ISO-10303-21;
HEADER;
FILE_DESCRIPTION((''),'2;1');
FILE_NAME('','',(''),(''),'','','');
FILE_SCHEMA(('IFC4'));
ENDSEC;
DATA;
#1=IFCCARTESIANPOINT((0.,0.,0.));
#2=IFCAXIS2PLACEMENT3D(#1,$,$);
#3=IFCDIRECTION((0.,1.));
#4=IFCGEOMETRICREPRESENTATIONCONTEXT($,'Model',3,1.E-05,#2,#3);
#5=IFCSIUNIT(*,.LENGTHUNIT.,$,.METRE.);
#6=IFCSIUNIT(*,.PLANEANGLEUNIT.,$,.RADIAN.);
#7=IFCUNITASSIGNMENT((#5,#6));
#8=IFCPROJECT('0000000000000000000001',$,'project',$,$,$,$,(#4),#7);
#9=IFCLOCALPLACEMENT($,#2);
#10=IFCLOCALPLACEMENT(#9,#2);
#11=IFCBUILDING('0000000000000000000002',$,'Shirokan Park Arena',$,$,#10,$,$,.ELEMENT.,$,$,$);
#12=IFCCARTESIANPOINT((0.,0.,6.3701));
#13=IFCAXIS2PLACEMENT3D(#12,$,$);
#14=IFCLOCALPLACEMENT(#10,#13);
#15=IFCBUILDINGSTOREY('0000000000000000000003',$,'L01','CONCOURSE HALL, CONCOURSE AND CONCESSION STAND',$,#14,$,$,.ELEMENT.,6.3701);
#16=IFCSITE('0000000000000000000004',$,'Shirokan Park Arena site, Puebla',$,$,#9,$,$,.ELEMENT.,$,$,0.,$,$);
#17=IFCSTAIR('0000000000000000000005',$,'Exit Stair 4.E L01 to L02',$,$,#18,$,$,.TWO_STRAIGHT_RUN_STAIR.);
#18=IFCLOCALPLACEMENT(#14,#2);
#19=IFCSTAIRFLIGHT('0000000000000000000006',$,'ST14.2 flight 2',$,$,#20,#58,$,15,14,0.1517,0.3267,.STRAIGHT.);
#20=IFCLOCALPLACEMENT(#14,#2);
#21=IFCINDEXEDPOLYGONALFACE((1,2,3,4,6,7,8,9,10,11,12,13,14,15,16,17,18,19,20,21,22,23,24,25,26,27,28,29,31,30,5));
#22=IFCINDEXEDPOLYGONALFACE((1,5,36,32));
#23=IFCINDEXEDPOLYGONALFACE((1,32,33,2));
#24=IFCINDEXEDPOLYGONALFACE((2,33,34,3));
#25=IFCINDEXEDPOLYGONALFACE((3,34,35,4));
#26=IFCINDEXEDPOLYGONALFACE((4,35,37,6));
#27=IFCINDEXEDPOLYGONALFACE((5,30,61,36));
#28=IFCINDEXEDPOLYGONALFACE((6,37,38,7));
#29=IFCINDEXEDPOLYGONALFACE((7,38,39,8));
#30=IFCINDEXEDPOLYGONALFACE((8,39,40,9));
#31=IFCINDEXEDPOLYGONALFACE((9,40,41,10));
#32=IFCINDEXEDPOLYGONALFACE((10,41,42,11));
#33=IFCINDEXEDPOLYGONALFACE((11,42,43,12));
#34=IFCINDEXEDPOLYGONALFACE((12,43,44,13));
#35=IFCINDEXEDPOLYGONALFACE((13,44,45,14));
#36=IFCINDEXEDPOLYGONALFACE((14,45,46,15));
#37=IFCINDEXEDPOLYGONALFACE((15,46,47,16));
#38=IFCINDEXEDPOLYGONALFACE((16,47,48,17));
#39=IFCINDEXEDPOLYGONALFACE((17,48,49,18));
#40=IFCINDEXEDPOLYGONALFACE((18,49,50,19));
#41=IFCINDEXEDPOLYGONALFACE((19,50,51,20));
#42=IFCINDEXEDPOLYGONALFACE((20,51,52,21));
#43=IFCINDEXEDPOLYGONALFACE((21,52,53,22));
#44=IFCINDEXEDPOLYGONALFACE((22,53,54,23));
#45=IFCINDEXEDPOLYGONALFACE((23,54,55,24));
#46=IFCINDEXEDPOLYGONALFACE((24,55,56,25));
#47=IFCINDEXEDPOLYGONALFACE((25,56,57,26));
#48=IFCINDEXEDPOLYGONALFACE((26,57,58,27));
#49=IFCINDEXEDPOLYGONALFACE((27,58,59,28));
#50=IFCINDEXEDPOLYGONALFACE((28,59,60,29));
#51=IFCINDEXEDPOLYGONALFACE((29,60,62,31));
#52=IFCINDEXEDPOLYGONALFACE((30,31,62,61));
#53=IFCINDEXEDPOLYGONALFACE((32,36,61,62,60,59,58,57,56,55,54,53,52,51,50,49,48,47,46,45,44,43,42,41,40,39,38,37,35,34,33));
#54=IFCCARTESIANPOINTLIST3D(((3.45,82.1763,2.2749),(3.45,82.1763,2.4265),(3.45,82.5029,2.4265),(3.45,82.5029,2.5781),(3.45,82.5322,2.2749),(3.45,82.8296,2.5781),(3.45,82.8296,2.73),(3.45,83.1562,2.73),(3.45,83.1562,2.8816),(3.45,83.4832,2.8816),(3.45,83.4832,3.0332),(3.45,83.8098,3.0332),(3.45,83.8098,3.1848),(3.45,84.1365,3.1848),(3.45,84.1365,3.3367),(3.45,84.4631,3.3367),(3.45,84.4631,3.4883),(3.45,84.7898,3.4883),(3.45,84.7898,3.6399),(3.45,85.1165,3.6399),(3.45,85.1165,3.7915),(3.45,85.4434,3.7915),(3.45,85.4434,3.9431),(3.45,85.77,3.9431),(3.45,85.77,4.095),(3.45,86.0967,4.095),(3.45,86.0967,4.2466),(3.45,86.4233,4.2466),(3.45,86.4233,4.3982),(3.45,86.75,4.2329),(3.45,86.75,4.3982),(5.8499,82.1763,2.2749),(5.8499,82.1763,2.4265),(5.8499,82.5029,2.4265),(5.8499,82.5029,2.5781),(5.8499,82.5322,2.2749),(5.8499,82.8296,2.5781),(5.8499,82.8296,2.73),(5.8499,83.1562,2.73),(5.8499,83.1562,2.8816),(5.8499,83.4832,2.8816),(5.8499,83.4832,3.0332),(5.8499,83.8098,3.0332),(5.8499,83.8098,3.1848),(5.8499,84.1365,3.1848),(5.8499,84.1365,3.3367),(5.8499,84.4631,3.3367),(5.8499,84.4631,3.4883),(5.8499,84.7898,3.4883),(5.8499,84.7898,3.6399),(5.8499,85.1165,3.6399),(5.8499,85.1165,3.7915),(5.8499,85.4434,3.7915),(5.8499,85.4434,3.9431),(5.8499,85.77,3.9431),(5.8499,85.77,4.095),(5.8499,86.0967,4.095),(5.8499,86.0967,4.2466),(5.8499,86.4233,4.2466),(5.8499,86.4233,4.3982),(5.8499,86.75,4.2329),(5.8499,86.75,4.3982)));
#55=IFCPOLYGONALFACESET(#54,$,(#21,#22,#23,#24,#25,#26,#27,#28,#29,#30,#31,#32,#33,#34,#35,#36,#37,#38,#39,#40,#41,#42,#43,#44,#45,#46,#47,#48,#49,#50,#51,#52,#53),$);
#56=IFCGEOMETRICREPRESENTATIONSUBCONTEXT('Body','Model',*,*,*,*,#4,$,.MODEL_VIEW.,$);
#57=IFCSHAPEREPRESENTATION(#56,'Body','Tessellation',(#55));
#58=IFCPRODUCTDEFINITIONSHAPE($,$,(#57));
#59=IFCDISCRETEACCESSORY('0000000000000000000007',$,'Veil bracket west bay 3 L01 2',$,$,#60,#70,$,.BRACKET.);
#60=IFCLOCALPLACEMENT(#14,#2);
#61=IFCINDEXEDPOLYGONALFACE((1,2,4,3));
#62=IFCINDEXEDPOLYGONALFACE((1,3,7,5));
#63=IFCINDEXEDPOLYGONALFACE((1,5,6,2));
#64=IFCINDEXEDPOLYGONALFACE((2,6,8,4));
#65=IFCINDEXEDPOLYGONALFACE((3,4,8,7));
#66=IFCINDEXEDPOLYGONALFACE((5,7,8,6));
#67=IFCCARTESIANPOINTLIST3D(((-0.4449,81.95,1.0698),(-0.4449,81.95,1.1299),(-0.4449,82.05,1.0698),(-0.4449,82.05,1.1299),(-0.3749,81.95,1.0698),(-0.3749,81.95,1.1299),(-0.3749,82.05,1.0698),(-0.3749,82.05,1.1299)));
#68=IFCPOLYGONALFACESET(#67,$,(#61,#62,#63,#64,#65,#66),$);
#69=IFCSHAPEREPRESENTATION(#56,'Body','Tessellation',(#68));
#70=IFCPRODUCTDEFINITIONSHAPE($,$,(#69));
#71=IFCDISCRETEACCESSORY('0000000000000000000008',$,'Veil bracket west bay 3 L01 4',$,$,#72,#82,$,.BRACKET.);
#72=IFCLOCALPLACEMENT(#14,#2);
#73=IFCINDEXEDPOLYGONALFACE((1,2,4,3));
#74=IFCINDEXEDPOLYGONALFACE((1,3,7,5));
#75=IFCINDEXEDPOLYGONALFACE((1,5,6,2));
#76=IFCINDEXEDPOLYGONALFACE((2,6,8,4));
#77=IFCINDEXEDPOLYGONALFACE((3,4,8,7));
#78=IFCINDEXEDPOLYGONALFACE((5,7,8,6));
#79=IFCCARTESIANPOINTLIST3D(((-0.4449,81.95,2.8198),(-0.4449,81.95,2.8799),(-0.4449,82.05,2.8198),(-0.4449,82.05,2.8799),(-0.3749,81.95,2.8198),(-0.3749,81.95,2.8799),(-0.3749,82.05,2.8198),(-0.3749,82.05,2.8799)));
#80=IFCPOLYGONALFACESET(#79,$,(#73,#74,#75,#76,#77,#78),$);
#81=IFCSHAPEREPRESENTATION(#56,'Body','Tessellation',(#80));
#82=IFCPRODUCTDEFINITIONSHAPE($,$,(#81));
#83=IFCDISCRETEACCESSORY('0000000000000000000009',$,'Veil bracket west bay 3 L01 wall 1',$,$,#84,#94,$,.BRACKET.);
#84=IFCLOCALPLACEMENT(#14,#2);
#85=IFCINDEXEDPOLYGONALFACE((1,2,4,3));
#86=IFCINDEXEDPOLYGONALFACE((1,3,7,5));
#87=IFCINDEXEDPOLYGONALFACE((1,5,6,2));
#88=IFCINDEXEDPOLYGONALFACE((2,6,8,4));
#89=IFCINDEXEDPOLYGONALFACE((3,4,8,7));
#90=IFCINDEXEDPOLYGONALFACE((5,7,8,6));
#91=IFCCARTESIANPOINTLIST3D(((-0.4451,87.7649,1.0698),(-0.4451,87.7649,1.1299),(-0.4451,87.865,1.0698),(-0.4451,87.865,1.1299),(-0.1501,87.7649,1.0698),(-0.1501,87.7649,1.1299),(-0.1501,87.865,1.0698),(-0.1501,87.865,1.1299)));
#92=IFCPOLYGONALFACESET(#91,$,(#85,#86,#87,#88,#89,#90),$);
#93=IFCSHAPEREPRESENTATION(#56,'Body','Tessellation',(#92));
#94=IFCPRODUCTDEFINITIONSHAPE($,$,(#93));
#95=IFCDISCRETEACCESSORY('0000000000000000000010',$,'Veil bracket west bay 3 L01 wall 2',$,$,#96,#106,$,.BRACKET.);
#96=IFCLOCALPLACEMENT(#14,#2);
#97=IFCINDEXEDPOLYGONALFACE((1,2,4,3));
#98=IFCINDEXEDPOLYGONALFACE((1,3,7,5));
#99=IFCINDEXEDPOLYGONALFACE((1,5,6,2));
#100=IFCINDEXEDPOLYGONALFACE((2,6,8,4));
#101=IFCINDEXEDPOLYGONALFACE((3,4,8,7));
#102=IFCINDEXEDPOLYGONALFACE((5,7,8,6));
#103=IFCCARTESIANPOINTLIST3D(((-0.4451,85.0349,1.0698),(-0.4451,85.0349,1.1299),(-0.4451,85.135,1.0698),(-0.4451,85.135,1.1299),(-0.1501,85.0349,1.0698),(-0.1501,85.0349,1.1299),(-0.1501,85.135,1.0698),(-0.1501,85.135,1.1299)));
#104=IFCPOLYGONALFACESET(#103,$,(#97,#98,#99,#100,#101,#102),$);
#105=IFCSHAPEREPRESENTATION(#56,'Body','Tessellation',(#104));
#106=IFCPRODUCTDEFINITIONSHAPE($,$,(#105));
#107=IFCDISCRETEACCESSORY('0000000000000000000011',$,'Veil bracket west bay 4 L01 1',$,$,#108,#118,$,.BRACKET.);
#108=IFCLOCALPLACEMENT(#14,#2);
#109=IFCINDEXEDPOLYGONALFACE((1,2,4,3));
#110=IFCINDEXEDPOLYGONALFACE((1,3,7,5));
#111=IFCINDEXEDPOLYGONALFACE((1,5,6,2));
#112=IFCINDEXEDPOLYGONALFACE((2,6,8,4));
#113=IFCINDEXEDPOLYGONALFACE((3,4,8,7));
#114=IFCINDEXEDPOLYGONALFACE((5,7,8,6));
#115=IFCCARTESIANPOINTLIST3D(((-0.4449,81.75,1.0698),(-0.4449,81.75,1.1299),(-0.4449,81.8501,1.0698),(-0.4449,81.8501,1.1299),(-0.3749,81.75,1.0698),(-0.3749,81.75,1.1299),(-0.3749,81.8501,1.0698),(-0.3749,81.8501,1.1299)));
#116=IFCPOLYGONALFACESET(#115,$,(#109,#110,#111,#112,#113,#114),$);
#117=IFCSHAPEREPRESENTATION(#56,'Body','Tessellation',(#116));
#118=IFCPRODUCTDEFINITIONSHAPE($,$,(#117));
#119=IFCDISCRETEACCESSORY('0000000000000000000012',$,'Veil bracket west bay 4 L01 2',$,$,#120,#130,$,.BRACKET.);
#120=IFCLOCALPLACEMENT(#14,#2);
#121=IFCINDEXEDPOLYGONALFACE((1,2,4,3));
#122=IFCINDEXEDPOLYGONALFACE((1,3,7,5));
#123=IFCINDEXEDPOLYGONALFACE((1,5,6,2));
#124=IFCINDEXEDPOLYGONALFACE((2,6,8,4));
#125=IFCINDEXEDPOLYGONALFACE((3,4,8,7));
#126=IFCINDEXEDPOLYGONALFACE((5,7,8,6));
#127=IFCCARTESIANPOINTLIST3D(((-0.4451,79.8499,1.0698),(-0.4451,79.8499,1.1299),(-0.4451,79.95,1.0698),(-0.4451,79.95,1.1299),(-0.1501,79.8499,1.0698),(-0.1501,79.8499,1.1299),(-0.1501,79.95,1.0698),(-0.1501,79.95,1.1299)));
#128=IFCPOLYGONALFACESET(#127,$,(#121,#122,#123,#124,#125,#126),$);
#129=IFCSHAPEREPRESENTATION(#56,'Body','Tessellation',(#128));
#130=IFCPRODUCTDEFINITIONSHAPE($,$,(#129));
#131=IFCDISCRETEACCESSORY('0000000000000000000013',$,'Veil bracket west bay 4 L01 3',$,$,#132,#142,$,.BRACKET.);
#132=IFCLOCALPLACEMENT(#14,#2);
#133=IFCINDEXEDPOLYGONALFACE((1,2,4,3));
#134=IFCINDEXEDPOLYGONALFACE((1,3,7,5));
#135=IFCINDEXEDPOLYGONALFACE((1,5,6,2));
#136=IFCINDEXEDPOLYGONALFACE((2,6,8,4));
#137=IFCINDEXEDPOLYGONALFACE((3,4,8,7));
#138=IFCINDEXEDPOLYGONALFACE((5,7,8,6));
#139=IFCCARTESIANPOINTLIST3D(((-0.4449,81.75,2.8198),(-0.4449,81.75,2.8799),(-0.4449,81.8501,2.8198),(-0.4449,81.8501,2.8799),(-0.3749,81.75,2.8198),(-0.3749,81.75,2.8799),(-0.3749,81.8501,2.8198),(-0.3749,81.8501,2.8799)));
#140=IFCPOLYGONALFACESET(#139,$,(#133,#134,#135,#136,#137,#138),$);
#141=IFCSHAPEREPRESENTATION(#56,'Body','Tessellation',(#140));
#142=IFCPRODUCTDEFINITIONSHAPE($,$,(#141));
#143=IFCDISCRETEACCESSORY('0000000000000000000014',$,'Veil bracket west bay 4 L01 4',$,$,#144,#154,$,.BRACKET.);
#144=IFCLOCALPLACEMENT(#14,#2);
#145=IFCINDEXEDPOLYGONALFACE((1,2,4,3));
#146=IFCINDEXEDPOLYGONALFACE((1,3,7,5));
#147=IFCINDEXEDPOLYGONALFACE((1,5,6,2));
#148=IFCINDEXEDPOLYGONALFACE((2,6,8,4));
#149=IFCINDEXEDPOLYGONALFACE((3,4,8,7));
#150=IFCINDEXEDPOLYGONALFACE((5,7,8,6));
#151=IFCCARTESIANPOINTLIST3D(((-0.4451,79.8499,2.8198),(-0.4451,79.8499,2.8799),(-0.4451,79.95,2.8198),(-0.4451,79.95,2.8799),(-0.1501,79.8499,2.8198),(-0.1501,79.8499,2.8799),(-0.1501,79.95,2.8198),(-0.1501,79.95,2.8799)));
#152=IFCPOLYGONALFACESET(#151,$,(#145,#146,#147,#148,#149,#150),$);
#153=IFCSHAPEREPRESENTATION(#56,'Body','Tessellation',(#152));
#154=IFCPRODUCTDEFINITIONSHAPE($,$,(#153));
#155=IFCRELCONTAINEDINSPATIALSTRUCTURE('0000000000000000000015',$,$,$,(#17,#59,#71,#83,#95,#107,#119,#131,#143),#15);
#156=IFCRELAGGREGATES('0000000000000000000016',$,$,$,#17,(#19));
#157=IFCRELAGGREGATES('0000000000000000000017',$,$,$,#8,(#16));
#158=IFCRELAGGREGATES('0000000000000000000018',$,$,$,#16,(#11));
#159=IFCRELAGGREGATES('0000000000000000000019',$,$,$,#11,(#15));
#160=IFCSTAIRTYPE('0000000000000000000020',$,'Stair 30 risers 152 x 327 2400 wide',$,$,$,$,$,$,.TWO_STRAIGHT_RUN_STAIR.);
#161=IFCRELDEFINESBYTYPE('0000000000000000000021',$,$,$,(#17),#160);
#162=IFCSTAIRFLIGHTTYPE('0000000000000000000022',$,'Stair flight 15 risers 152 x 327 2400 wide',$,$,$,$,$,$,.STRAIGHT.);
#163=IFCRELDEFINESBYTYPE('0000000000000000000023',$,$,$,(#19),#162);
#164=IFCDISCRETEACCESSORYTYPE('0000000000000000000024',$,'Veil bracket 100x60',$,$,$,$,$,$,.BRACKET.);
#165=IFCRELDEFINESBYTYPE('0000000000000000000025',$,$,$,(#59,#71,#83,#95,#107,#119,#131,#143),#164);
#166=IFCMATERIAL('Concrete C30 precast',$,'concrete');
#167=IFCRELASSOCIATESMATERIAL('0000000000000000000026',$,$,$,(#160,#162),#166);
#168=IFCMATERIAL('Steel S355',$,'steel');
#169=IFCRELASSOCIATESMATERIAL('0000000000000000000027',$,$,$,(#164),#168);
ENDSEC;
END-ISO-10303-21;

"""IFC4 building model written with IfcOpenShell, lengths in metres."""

from ifc_helpers import new_model, si_unit, direction, frame, origin, origin_2d, place, context, subcontext, project, spatial, polyline, rectangle, outline, extrude, material, type_object, element, aggregate, save


model = new_model("IFC4")

# Units and contexts
model_context = context("Model", 3, precision=1e-05, world=origin(), true_north=direction((0.0, 1.0)))
body_context = subcontext(model_context, "Body", "Model", "MODEL_VIEW")
ifc_project = project(units=[si_unit("LENGTHUNIT", "METRE"), si_unit("PLANEANGLEUNIT", "RADIAN")], contexts=[model_context])

# Site, building, storey
site_placement = place(None, origin())
site = spatial("IfcSite", under=ifc_project, at=site_placement, Name="Shirokan Park Arena site, Puebla", CompositionType="ELEMENT", RefElevation=0.0)
building_placement = place(site_placement, origin())
building = spatial("IfcBuilding", under=site, at=building_placement, Name="Shirokan Park Arena", CompositionType="ELEMENT")
storey_placement = place(building_placement, frame((0.0, 0.0, 6.3701)))
storey = spatial("IfcBuildingStorey", under=building, at=storey_placement, Name="L01", Description="CONCOURSE HALL, CONCOURSE AND CONCESSION STAND", CompositionType="ELEMENT", Elevation=6.3701)

# Shared definitions
ifc_material_1 = material(Name="Steel S355", Category="steel")

# Stair, stair flight
ifc_material_2 = material(Name="Concrete C30 precast", Category="concrete")
stair_type = type_object("IfcStairType", Name="Stair 30 risers 152 x 327 2400 wide", PredefinedType="TWO_STRAIGHT_RUN_STAIR", material=ifc_material_2)
stair_placement = place(storey_placement, origin())
stair = element("IfcStair", 1, at=stair_placement, inside=storey, type_object=stair_type, Name="Exit Stair 4.E L01 to L02", PredefinedType="TWO_STRAIGHT_RUN_STAIR")
stair_flight_type = type_object("IfcStairFlightType", Name="Stair flight 15 risers 152 x 327 2400 wide", PredefinedType="STRAIGHT", material=ifc_material_2)
stair_flight_1_placement = place(storey_placement, frame((4.6499, 82.1763, 2.2749), z_axis=(0.0, 0.0, 1.0), x_axis=(0.0, 1.0, 0.0)))
stair_flight_1 = element("IfcStairFlight", 2, at=stair_flight_1_placement, type_object=stair_flight_type, Name="ST14.2 flight 2", NumberOfRisers=15, NumberOfTreads=14, PredefinedType="STRAIGHT", RiserHeight=0.1517, TreadLength=0.3267, context=body_context, shape_type="SweptSolid", body=[
    extrude(outline(polyline([(0.0, 0.0), (0.0, 0.1516), (0.3267, 0.1516), (0.3267, 0.3032), (0.6533, 0.3032), (0.6533, 0.4551), (0.98, 0.4551), (0.98, 0.6067), (1.3069, 0.6067), (1.3069, 0.7583), (1.6335, 0.7583), (1.6335, 0.9099), (1.9602, 0.9099), (1.9602, 1.0618), (2.2869, 1.0618), (2.2869, 1.2134), (2.6135, 1.2134), (2.6135, 1.365), (2.9402, 1.365), (2.9402, 1.5166), (3.2671, 1.5166), (3.2671, 1.6682), (3.5938, 1.6682), (3.5938, 1.8201), (3.9204, 1.8201), (3.9204, 1.9717), (4.2471, 1.9717), (4.2471, 2.1233), (4.5737, 2.1233), (4.5737, 2.2749), (4.5737, 1.958), (0.356, 0.0), (0.0, 0.0)])), frame((0.0, 1.2, 0.0), z_axis=(0.0, -1.0, 0.0), x_axis=(1.0, 0.0, 0.0)), (0.0, 0.0, 1.0), 2.3999),
])
aggregate(stair, [stair_flight_1])

# Discrete accessories
discrete_accessory_type = type_object("IfcDiscreteAccessoryType", Name="Veil bracket 100x60", PredefinedType="BRACKET", material=ifc_material_1)
for number, where, z_axis, x_axis, name in (
    (3, (-0.4099, 82.0, 1.0698), (0.0, 0.0, 1.0), (0.0, -1.0, 0.0), "Veil bracket west bay 3 L01 2"),
    (4, (-0.4099, 82.0, 2.8198), (0.0, 0.0, 1.0), (0.0, -1.0, 0.0), "Veil bracket west bay 3 L01 4"),
):
    element("IfcDiscreteAccessory", number, at=place(storey_placement, frame(where, z_axis=z_axis, x_axis=x_axis)), inside=storey, type_object=discrete_accessory_type, Name=name, PredefinedType="BRACKET", context=body_context, shape_type="SweptSolid", body=[
        extrude(rectangle(XDim=0.1001, YDim=0.0701, at=origin_2d()), origin(), (0.0, 0.0, 1.0), 0.0601),
    ])
for number, where, z_axis, x_axis, name in (
    (5, (-0.2976, 87.8149, 1.0698), (0.0, 0.0, 1.0), (0.0, -1.0, 0.0), "Veil bracket west bay 3 L01 wall 1"),
    (6, (-0.2976, 85.085, 1.0698), (0.0, 0.0, 1.0), (0.0, -1.0, 0.0), "Veil bracket west bay 3 L01 wall 2"),
):
    element("IfcDiscreteAccessory", number, at=place(storey_placement, frame(where, z_axis=z_axis, x_axis=x_axis)), inside=storey, type_object=discrete_accessory_type, Name=name, PredefinedType="BRACKET", context=body_context, shape_type="SweptSolid", body=[
        extrude(rectangle(XDim=0.1001, YDim=0.2949, at=origin_2d()), origin(), (0.0, 0.0, 1.0), 0.0601),
    ])
discrete_accessory_1_placement = place(storey_placement, frame((-0.4099, 81.8, 1.0698), z_axis=(0.0, 0.0, 1.0), x_axis=(0.0, -1.0, 0.0)))
element("IfcDiscreteAccessory", 7, at=discrete_accessory_1_placement, inside=storey, type_object=discrete_accessory_type, Name="Veil bracket west bay 4 L01 1", PredefinedType="BRACKET", context=body_context, shape_type="SweptSolid", body=[
    extrude(rectangle(XDim=0.1001, YDim=0.0701, at=origin_2d()), origin(), (0.0, 0.0, 1.0), 0.0601),
])
discrete_accessory_2_placement = place(storey_placement, frame((-0.2976, 79.8999, 1.0698), z_axis=(0.0, 0.0, 1.0), x_axis=(0.0, -1.0, 0.0)))
element("IfcDiscreteAccessory", 8, at=discrete_accessory_2_placement, inside=storey, type_object=discrete_accessory_type, Name="Veil bracket west bay 4 L01 2", PredefinedType="BRACKET", context=body_context, shape_type="SweptSolid", body=[
    extrude(rectangle(XDim=0.1001, YDim=0.2949, at=origin_2d()), origin(), (0.0, 0.0, 1.0), 0.0601),
])
discrete_accessory_3_placement = place(storey_placement, frame((-0.4099, 81.8, 2.8198), z_axis=(0.0, 0.0, 1.0), x_axis=(0.0, -1.0, 0.0)))
element("IfcDiscreteAccessory", 9, at=discrete_accessory_3_placement, inside=storey, type_object=discrete_accessory_type, Name="Veil bracket west bay 4 L01 3", PredefinedType="BRACKET", context=body_context, shape_type="SweptSolid", body=[
    extrude(rectangle(XDim=0.1001, YDim=0.0701, at=origin_2d()), origin(), (0.0, 0.0, 1.0), 0.0601),
])
discrete_accessory_4_placement = place(storey_placement, frame((-0.2976, 79.8999, 2.8198), z_axis=(0.0, 0.0, 1.0), x_axis=(0.0, -1.0, 0.0)))
element("IfcDiscreteAccessory", 10, at=discrete_accessory_4_placement, inside=storey, type_object=discrete_accessory_type, Name="Veil bracket west bay 4 L01 4", PredefinedType="BRACKET", context=body_context, shape_type="SweptSolid", body=[
    extrude(rectangle(XDim=0.1001, YDim=0.2949, at=origin_2d()), origin(), (0.0, 0.0, 1.0), 0.0601),
])

save(model, "model.ifc")
